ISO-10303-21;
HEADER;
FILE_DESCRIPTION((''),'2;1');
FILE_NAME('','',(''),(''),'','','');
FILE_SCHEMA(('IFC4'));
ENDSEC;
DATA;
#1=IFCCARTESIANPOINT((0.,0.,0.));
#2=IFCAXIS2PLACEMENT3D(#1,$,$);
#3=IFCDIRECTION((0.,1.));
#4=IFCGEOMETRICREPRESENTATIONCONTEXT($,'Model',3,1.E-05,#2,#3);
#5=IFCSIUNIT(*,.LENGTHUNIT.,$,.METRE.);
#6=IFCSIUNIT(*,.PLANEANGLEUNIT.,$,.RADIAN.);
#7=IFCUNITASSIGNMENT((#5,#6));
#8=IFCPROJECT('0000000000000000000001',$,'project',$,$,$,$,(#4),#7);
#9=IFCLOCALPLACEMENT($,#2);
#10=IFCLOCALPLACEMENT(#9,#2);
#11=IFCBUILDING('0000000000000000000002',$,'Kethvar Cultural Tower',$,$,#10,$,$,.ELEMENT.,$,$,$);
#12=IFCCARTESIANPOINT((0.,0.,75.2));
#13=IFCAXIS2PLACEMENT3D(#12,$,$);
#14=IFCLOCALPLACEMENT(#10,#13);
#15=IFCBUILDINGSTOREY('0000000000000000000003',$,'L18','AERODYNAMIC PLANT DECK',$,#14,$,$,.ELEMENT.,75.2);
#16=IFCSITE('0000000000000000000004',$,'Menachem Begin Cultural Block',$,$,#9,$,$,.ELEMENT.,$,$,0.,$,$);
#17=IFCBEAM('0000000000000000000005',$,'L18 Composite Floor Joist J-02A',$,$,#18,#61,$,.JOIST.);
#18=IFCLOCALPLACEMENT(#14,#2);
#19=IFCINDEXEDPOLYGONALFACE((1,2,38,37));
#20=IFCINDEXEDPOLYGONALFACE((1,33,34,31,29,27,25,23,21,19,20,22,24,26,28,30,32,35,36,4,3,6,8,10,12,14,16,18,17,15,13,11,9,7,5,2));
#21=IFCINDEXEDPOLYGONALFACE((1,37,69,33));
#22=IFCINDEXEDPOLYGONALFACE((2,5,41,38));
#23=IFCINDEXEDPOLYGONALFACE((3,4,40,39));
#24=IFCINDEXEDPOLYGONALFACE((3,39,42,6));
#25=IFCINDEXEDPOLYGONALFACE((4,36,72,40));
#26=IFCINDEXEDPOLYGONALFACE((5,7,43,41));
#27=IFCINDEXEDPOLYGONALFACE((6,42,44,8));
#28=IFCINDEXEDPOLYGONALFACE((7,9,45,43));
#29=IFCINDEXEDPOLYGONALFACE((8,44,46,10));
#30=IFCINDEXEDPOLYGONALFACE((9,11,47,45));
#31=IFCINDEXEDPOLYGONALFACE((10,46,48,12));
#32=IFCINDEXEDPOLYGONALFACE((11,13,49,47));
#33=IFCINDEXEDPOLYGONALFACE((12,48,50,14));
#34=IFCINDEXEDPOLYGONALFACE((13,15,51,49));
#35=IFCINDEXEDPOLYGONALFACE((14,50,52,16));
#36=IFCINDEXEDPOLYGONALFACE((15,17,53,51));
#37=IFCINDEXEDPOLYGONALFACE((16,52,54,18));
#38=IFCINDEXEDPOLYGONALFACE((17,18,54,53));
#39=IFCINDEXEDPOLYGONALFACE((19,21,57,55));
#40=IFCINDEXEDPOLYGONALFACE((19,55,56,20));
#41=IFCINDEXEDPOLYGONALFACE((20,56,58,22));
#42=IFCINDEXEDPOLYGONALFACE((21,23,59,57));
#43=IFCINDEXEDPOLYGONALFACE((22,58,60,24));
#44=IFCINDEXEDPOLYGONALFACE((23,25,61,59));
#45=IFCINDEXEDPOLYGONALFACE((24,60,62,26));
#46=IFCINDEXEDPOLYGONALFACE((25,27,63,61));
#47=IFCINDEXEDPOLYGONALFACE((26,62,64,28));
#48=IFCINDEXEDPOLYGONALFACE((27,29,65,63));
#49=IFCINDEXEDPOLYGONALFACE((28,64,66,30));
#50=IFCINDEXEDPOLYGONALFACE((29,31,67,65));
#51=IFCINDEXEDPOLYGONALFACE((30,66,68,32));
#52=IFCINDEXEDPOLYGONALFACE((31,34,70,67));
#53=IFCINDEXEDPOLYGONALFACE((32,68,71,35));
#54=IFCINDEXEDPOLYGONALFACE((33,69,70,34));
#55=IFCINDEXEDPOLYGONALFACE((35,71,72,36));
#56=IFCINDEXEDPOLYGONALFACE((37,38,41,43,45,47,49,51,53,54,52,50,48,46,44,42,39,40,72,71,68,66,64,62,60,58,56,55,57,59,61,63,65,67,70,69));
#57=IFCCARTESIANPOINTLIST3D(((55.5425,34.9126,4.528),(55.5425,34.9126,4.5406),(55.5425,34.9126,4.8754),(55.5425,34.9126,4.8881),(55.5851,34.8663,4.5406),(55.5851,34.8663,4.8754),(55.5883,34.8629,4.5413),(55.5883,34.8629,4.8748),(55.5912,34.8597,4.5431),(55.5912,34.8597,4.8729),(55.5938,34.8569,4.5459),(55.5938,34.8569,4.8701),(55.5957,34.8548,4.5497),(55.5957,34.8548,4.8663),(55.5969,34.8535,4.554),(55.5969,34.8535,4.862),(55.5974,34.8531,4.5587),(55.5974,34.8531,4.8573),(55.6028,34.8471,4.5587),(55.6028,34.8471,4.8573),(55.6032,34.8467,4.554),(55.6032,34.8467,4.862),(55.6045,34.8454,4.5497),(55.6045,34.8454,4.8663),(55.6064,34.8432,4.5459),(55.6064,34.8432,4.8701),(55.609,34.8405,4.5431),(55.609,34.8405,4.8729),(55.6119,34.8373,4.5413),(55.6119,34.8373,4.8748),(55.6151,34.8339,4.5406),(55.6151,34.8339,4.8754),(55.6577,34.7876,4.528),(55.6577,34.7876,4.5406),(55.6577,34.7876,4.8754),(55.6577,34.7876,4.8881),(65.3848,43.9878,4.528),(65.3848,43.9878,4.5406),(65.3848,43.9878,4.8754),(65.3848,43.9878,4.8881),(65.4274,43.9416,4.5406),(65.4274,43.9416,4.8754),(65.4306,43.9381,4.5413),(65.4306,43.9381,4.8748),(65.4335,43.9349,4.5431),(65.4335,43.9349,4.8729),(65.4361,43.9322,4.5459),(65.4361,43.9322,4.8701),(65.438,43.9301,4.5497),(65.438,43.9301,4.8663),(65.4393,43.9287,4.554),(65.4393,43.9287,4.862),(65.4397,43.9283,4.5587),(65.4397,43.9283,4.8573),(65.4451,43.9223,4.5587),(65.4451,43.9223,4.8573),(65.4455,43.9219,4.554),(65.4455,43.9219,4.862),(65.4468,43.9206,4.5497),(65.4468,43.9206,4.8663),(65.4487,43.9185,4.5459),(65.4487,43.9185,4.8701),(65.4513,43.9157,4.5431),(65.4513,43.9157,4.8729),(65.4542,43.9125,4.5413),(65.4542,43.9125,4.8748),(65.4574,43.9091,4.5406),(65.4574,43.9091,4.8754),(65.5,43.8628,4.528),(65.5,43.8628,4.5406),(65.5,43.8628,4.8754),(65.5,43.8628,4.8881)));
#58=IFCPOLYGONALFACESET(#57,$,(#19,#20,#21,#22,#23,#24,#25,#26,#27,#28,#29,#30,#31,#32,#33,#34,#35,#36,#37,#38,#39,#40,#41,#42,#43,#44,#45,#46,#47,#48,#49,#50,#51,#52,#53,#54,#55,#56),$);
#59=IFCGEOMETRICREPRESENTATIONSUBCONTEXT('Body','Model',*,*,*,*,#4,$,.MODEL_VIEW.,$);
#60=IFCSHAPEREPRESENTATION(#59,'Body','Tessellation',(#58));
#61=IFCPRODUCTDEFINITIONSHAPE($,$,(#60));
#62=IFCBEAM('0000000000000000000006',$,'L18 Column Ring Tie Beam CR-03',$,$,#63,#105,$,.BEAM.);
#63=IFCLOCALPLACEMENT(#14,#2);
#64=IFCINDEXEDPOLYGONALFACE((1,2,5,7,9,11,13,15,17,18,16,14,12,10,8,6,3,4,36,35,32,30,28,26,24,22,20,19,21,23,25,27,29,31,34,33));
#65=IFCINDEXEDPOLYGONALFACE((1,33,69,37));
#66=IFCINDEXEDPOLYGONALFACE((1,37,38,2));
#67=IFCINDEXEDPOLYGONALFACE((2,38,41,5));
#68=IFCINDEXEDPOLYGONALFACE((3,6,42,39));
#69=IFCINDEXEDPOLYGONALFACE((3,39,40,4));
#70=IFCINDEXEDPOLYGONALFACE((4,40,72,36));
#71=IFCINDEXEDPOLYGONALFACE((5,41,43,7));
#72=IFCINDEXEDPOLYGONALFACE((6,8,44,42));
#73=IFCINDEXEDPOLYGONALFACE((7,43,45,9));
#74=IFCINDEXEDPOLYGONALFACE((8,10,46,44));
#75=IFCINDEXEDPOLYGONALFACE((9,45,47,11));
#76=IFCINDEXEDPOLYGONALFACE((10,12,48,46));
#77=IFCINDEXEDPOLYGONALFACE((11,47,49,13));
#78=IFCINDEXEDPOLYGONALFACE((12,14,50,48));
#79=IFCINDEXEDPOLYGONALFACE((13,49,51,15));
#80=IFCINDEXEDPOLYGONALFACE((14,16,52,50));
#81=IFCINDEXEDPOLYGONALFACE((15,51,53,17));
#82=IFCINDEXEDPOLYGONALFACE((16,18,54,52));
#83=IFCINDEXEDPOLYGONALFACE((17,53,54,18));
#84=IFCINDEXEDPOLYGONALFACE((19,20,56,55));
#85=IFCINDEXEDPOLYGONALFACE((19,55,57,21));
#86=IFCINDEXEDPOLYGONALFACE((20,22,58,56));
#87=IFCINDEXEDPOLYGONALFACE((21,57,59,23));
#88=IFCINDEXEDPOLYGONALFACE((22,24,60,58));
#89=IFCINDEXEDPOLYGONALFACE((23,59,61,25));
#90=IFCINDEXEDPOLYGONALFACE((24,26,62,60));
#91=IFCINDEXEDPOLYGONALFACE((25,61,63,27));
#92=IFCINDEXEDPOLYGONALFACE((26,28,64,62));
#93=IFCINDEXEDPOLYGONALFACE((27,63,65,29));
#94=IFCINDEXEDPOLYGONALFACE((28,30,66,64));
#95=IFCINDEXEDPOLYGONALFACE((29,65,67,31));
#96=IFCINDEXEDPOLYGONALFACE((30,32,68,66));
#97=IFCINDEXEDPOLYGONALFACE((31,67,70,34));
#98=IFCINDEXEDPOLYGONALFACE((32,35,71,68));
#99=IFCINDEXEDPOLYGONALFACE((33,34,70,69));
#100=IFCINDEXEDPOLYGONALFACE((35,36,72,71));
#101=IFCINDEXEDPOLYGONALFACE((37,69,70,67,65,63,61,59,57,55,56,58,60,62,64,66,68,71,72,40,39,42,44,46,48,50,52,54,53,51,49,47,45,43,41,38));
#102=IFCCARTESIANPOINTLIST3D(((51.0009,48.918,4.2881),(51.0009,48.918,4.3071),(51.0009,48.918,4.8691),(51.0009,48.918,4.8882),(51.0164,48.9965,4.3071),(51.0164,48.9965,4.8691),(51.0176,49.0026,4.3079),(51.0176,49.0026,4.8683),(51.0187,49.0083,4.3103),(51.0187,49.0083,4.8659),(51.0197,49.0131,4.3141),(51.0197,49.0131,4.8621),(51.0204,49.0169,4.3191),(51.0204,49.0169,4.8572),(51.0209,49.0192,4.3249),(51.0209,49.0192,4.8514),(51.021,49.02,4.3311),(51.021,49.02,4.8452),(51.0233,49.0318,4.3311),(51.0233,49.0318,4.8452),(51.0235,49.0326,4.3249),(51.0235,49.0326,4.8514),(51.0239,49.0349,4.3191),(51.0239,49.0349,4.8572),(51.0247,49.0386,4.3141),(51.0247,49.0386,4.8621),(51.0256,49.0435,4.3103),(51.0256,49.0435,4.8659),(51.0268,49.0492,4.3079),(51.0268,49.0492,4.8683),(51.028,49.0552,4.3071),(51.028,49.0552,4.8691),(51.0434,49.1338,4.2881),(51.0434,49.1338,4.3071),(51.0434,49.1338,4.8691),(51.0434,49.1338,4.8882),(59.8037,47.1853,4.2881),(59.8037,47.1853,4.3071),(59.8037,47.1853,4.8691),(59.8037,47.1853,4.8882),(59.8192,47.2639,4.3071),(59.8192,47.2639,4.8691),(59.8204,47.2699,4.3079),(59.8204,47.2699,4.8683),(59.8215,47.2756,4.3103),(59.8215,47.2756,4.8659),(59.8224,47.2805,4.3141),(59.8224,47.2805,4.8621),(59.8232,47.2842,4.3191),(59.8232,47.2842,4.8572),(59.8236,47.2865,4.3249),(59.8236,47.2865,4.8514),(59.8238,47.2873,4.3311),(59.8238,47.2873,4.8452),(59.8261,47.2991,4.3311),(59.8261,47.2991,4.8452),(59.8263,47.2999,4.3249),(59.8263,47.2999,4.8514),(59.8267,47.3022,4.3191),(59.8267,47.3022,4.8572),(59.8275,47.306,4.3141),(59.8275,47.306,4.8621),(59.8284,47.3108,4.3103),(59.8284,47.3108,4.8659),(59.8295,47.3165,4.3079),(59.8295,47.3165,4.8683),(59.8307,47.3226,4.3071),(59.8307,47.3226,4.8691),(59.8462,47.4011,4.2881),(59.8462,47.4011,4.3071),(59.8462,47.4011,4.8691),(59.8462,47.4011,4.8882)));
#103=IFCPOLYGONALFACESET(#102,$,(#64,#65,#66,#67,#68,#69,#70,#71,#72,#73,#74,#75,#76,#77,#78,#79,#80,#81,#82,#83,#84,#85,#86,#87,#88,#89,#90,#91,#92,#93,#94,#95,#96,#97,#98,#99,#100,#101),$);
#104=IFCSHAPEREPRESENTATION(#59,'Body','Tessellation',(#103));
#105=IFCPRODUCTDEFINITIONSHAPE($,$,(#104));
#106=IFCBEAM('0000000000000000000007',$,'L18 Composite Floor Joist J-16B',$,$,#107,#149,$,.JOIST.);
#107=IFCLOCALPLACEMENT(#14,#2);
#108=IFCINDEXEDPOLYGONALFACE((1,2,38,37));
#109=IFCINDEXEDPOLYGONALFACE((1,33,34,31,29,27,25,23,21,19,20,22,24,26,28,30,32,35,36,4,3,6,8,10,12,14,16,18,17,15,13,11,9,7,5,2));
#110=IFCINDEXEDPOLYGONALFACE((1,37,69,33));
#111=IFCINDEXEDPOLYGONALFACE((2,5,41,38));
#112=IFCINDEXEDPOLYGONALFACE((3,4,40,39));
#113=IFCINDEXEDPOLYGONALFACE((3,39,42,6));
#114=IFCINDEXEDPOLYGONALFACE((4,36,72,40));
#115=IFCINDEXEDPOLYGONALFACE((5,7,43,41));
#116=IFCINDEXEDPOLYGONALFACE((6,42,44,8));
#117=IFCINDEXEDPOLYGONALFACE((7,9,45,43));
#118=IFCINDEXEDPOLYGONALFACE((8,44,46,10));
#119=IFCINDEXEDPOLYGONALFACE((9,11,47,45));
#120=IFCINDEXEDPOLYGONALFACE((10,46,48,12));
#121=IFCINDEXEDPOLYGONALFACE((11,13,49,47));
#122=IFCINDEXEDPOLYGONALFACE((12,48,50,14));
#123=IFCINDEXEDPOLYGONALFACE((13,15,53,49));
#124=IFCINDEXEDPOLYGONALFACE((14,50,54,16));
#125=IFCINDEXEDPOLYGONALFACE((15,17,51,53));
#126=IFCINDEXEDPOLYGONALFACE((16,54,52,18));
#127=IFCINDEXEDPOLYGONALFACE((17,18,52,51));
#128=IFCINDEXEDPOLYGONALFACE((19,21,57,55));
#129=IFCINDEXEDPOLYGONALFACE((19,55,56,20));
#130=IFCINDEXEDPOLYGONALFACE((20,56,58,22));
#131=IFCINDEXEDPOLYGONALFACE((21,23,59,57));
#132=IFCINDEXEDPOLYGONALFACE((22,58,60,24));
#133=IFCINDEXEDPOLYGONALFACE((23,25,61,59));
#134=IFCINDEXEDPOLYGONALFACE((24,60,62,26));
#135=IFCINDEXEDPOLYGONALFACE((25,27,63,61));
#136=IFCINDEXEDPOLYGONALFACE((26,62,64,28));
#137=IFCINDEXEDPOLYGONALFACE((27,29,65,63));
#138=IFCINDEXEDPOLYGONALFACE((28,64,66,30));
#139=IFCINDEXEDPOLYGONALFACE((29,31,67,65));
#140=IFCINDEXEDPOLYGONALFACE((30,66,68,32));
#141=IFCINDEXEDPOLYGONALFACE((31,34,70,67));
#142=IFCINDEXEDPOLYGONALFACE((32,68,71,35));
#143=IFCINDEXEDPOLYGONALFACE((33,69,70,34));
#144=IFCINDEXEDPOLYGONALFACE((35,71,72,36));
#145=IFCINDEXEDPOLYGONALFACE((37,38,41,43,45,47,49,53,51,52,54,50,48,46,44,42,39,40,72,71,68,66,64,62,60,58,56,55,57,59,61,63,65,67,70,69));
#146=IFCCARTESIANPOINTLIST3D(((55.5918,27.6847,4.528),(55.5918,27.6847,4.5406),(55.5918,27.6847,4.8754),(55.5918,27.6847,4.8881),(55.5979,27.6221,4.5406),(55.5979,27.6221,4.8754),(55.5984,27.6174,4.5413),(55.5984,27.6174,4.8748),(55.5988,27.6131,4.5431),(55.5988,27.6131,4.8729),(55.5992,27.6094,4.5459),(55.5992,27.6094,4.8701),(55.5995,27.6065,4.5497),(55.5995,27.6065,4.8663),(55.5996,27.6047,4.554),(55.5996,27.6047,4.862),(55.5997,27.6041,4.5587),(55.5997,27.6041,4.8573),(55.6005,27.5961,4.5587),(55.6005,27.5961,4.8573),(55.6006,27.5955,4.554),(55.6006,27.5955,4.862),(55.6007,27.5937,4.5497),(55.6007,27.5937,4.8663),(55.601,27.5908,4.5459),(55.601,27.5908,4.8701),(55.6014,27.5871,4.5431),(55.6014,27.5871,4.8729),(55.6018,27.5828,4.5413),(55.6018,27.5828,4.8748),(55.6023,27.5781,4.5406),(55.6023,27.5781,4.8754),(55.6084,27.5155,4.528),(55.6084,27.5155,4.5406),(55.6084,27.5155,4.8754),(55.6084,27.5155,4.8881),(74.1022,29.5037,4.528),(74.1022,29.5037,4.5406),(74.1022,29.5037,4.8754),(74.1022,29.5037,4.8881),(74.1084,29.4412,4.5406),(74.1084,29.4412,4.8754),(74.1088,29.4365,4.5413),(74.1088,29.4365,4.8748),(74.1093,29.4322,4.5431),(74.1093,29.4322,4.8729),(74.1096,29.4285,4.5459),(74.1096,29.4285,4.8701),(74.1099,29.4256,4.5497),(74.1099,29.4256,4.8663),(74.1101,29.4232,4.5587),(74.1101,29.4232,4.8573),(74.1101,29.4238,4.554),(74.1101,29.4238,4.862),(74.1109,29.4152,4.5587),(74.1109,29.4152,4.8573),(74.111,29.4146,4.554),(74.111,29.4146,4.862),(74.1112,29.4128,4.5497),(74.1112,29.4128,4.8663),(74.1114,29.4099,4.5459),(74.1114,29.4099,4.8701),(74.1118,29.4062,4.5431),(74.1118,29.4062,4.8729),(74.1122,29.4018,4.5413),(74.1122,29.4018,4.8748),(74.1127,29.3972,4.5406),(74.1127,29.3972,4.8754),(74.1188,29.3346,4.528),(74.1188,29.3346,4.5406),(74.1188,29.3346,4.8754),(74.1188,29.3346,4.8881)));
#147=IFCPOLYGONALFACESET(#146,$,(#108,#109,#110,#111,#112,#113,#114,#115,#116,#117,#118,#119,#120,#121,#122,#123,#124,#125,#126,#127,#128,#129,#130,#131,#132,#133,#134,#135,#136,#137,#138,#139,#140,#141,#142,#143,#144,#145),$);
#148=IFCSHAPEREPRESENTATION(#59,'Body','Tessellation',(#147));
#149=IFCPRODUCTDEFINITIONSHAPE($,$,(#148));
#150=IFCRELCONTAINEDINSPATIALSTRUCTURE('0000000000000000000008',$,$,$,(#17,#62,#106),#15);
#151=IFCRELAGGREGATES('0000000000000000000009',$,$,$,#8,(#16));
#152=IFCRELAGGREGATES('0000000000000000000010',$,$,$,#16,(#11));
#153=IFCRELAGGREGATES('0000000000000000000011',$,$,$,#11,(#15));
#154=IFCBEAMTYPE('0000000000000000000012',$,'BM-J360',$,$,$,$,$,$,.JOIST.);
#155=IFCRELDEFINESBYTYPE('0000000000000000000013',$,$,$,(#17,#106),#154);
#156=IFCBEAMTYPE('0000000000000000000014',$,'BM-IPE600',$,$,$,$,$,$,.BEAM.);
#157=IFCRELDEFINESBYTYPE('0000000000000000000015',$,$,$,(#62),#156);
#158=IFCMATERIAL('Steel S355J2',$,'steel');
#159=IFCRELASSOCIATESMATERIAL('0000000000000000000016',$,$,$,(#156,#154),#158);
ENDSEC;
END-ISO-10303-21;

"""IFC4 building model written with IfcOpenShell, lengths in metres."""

from ifc_helpers import new_model, si_unit, direction, frame, origin, origin_2d, place, context, subcontext, project, spatial, i_section, extrude, source, transform, mapped, material, material_profile, profile_set, type_object, element, save


model = new_model("IFC4")

# Units and contexts
model_context = context("Model", 3, precision=1e-05, world=origin(), true_north=direction((0.0, 1.0)))
body_context = subcontext(model_context, "Body", "Model", "MODEL_VIEW")
ifc_project = project(units=[si_unit("LENGTHUNIT", "METRE"), si_unit("PLANEANGLEUNIT", "RADIAN")], contexts=[model_context])

# Site, building, storey
site_placement = place(None, origin())
site = spatial("IfcSite", under=ifc_project, at=site_placement, Name="Menachem Begin Cultural Block", CompositionType="ELEMENT", RefElevation=0.0)
building_placement = place(site_placement, origin())
building = spatial("IfcBuilding", under=site, at=building_placement, Name="Kethvar Cultural Tower", CompositionType="ELEMENT")
storey_placement = place(building_placement, frame((0.0, 0.0, 75.2)))
storey = spatial("IfcBuildingStorey", under=building, at=storey_placement, Name="L18", Description="AERODYNAMIC PLANT DECK", CompositionType="ELEMENT", Elevation=75.2)

# Beams
ifc_material_1 = material(Name="Steel S355J2", Category="steel")
ifc_material_profile_1 = material_profile(ifc_material_1, i_section(OverallWidth=0.22, OverallDepth=0.6001, WebThickness=0.012, FlangeThickness=0.019, FilletRadius=0.0239, at=origin_2d()), Name="Steel S355J2 — IPE600")
ifc_profile_set_1 = profile_set([ifc_material_profile_1], Name="Steel S355J2 — IPE600")
beam_type_1 = type_object("IfcBeamType", Name="BM-IPE600", PredefinedType="BEAM", material=ifc_profile_set_1)
ifc_material_profile_2 = material_profile(ifc_material_1, i_section(OverallWidth=0.1699, OverallDepth=0.3601, WebThickness=0.0081, FlangeThickness=0.0127, FilletRadius=0.0181, at=origin_2d()), Name="Steel S355J2 — IPE360")
ifc_profile_set_2 = profile_set([ifc_material_profile_2], Name="Steel S355J2 — IPE360")
beam_type_2 = type_object("IfcBeamType", Name="BM-J360", PredefinedType="JOIST", material=ifc_profile_set_2)
shared_shape_1 = source(origin(), body_context, "Body", "SweptSolid", [
    extrude(i_section(OverallWidth=0.1699, OverallDepth=0.3601, WebThickness=0.0081, FlangeThickness=0.0127, FilletRadius=0.0181, at=origin_2d()), origin(), (0.0, 0.0, 1.0), 13.3877),
])
beam_1_placement = place(storey_placement, frame((55.6001, 34.8501, 4.708), z_axis=(0.735175, 0.677877, 0.0), x_axis=(-0.677877, 0.735175, 0.0)))
element("IfcBeam", 1, at=beam_1_placement, inside=storey, type_object=beam_type_2, Name="L18 Composite Floor Joist J-02A", PredefinedType="JOIST", context=body_context, shape_type="MappedRepresentation", body=[
    mapped(shared_shape_1, transform((0.0, 0.0, 0.0), scale=1.0)),
])
shared_shape_2 = source(origin(), body_context, "Body", "SweptSolid", [
    extrude(i_section(OverallWidth=0.22, OverallDepth=0.6001, WebThickness=0.012, FlangeThickness=0.019, FilletRadius=0.0239, at=origin_2d()), origin(), (0.0, 0.0, 1.0), 8.9717),
])
beam_2_placement = place(storey_placement, frame((59.825, 47.2932, 4.5881), z_axis=(-0.981174, 0.193127, 0.0), x_axis=(-0.193127, -0.981174, 0.0)))
element("IfcBeam", 2, at=beam_2_placement, inside=storey, type_object=beam_type_1, Name="L18 Column Ring Tie Beam CR-03", PredefinedType="BEAM", context=body_context, shape_type="MappedRepresentation", body=[
    mapped(shared_shape_2, transform((0.0, 0.0, 0.0), scale=1.0)),
])
shared_shape_3 = source(origin(), body_context, "Body", "SweptSolid", [
    extrude(i_section(OverallWidth=0.1699, OverallDepth=0.3601, WebThickness=0.0081, FlangeThickness=0.0127, FilletRadius=0.0181, at=origin_2d()), origin(), (0.0, 0.0, 1.0), 18.5996),
])
beam_3_placement = place(storey_placement, frame((55.6001, 27.6001, 4.708), z_axis=(0.995206, 0.097802, 0.0), x_axis=(-0.097802, 0.995206, 0.0)))
element("IfcBeam", 3, at=beam_3_placement, inside=storey, type_object=beam_type_2, Name="L18 Composite Floor Joist J-16B", PredefinedType="JOIST", context=body_context, shape_type="MappedRepresentation", body=[
    mapped(shared_shape_3, transform((0.0, 0.0, 0.0), scale=1.0)),
])

save(model, "model.ifc")
